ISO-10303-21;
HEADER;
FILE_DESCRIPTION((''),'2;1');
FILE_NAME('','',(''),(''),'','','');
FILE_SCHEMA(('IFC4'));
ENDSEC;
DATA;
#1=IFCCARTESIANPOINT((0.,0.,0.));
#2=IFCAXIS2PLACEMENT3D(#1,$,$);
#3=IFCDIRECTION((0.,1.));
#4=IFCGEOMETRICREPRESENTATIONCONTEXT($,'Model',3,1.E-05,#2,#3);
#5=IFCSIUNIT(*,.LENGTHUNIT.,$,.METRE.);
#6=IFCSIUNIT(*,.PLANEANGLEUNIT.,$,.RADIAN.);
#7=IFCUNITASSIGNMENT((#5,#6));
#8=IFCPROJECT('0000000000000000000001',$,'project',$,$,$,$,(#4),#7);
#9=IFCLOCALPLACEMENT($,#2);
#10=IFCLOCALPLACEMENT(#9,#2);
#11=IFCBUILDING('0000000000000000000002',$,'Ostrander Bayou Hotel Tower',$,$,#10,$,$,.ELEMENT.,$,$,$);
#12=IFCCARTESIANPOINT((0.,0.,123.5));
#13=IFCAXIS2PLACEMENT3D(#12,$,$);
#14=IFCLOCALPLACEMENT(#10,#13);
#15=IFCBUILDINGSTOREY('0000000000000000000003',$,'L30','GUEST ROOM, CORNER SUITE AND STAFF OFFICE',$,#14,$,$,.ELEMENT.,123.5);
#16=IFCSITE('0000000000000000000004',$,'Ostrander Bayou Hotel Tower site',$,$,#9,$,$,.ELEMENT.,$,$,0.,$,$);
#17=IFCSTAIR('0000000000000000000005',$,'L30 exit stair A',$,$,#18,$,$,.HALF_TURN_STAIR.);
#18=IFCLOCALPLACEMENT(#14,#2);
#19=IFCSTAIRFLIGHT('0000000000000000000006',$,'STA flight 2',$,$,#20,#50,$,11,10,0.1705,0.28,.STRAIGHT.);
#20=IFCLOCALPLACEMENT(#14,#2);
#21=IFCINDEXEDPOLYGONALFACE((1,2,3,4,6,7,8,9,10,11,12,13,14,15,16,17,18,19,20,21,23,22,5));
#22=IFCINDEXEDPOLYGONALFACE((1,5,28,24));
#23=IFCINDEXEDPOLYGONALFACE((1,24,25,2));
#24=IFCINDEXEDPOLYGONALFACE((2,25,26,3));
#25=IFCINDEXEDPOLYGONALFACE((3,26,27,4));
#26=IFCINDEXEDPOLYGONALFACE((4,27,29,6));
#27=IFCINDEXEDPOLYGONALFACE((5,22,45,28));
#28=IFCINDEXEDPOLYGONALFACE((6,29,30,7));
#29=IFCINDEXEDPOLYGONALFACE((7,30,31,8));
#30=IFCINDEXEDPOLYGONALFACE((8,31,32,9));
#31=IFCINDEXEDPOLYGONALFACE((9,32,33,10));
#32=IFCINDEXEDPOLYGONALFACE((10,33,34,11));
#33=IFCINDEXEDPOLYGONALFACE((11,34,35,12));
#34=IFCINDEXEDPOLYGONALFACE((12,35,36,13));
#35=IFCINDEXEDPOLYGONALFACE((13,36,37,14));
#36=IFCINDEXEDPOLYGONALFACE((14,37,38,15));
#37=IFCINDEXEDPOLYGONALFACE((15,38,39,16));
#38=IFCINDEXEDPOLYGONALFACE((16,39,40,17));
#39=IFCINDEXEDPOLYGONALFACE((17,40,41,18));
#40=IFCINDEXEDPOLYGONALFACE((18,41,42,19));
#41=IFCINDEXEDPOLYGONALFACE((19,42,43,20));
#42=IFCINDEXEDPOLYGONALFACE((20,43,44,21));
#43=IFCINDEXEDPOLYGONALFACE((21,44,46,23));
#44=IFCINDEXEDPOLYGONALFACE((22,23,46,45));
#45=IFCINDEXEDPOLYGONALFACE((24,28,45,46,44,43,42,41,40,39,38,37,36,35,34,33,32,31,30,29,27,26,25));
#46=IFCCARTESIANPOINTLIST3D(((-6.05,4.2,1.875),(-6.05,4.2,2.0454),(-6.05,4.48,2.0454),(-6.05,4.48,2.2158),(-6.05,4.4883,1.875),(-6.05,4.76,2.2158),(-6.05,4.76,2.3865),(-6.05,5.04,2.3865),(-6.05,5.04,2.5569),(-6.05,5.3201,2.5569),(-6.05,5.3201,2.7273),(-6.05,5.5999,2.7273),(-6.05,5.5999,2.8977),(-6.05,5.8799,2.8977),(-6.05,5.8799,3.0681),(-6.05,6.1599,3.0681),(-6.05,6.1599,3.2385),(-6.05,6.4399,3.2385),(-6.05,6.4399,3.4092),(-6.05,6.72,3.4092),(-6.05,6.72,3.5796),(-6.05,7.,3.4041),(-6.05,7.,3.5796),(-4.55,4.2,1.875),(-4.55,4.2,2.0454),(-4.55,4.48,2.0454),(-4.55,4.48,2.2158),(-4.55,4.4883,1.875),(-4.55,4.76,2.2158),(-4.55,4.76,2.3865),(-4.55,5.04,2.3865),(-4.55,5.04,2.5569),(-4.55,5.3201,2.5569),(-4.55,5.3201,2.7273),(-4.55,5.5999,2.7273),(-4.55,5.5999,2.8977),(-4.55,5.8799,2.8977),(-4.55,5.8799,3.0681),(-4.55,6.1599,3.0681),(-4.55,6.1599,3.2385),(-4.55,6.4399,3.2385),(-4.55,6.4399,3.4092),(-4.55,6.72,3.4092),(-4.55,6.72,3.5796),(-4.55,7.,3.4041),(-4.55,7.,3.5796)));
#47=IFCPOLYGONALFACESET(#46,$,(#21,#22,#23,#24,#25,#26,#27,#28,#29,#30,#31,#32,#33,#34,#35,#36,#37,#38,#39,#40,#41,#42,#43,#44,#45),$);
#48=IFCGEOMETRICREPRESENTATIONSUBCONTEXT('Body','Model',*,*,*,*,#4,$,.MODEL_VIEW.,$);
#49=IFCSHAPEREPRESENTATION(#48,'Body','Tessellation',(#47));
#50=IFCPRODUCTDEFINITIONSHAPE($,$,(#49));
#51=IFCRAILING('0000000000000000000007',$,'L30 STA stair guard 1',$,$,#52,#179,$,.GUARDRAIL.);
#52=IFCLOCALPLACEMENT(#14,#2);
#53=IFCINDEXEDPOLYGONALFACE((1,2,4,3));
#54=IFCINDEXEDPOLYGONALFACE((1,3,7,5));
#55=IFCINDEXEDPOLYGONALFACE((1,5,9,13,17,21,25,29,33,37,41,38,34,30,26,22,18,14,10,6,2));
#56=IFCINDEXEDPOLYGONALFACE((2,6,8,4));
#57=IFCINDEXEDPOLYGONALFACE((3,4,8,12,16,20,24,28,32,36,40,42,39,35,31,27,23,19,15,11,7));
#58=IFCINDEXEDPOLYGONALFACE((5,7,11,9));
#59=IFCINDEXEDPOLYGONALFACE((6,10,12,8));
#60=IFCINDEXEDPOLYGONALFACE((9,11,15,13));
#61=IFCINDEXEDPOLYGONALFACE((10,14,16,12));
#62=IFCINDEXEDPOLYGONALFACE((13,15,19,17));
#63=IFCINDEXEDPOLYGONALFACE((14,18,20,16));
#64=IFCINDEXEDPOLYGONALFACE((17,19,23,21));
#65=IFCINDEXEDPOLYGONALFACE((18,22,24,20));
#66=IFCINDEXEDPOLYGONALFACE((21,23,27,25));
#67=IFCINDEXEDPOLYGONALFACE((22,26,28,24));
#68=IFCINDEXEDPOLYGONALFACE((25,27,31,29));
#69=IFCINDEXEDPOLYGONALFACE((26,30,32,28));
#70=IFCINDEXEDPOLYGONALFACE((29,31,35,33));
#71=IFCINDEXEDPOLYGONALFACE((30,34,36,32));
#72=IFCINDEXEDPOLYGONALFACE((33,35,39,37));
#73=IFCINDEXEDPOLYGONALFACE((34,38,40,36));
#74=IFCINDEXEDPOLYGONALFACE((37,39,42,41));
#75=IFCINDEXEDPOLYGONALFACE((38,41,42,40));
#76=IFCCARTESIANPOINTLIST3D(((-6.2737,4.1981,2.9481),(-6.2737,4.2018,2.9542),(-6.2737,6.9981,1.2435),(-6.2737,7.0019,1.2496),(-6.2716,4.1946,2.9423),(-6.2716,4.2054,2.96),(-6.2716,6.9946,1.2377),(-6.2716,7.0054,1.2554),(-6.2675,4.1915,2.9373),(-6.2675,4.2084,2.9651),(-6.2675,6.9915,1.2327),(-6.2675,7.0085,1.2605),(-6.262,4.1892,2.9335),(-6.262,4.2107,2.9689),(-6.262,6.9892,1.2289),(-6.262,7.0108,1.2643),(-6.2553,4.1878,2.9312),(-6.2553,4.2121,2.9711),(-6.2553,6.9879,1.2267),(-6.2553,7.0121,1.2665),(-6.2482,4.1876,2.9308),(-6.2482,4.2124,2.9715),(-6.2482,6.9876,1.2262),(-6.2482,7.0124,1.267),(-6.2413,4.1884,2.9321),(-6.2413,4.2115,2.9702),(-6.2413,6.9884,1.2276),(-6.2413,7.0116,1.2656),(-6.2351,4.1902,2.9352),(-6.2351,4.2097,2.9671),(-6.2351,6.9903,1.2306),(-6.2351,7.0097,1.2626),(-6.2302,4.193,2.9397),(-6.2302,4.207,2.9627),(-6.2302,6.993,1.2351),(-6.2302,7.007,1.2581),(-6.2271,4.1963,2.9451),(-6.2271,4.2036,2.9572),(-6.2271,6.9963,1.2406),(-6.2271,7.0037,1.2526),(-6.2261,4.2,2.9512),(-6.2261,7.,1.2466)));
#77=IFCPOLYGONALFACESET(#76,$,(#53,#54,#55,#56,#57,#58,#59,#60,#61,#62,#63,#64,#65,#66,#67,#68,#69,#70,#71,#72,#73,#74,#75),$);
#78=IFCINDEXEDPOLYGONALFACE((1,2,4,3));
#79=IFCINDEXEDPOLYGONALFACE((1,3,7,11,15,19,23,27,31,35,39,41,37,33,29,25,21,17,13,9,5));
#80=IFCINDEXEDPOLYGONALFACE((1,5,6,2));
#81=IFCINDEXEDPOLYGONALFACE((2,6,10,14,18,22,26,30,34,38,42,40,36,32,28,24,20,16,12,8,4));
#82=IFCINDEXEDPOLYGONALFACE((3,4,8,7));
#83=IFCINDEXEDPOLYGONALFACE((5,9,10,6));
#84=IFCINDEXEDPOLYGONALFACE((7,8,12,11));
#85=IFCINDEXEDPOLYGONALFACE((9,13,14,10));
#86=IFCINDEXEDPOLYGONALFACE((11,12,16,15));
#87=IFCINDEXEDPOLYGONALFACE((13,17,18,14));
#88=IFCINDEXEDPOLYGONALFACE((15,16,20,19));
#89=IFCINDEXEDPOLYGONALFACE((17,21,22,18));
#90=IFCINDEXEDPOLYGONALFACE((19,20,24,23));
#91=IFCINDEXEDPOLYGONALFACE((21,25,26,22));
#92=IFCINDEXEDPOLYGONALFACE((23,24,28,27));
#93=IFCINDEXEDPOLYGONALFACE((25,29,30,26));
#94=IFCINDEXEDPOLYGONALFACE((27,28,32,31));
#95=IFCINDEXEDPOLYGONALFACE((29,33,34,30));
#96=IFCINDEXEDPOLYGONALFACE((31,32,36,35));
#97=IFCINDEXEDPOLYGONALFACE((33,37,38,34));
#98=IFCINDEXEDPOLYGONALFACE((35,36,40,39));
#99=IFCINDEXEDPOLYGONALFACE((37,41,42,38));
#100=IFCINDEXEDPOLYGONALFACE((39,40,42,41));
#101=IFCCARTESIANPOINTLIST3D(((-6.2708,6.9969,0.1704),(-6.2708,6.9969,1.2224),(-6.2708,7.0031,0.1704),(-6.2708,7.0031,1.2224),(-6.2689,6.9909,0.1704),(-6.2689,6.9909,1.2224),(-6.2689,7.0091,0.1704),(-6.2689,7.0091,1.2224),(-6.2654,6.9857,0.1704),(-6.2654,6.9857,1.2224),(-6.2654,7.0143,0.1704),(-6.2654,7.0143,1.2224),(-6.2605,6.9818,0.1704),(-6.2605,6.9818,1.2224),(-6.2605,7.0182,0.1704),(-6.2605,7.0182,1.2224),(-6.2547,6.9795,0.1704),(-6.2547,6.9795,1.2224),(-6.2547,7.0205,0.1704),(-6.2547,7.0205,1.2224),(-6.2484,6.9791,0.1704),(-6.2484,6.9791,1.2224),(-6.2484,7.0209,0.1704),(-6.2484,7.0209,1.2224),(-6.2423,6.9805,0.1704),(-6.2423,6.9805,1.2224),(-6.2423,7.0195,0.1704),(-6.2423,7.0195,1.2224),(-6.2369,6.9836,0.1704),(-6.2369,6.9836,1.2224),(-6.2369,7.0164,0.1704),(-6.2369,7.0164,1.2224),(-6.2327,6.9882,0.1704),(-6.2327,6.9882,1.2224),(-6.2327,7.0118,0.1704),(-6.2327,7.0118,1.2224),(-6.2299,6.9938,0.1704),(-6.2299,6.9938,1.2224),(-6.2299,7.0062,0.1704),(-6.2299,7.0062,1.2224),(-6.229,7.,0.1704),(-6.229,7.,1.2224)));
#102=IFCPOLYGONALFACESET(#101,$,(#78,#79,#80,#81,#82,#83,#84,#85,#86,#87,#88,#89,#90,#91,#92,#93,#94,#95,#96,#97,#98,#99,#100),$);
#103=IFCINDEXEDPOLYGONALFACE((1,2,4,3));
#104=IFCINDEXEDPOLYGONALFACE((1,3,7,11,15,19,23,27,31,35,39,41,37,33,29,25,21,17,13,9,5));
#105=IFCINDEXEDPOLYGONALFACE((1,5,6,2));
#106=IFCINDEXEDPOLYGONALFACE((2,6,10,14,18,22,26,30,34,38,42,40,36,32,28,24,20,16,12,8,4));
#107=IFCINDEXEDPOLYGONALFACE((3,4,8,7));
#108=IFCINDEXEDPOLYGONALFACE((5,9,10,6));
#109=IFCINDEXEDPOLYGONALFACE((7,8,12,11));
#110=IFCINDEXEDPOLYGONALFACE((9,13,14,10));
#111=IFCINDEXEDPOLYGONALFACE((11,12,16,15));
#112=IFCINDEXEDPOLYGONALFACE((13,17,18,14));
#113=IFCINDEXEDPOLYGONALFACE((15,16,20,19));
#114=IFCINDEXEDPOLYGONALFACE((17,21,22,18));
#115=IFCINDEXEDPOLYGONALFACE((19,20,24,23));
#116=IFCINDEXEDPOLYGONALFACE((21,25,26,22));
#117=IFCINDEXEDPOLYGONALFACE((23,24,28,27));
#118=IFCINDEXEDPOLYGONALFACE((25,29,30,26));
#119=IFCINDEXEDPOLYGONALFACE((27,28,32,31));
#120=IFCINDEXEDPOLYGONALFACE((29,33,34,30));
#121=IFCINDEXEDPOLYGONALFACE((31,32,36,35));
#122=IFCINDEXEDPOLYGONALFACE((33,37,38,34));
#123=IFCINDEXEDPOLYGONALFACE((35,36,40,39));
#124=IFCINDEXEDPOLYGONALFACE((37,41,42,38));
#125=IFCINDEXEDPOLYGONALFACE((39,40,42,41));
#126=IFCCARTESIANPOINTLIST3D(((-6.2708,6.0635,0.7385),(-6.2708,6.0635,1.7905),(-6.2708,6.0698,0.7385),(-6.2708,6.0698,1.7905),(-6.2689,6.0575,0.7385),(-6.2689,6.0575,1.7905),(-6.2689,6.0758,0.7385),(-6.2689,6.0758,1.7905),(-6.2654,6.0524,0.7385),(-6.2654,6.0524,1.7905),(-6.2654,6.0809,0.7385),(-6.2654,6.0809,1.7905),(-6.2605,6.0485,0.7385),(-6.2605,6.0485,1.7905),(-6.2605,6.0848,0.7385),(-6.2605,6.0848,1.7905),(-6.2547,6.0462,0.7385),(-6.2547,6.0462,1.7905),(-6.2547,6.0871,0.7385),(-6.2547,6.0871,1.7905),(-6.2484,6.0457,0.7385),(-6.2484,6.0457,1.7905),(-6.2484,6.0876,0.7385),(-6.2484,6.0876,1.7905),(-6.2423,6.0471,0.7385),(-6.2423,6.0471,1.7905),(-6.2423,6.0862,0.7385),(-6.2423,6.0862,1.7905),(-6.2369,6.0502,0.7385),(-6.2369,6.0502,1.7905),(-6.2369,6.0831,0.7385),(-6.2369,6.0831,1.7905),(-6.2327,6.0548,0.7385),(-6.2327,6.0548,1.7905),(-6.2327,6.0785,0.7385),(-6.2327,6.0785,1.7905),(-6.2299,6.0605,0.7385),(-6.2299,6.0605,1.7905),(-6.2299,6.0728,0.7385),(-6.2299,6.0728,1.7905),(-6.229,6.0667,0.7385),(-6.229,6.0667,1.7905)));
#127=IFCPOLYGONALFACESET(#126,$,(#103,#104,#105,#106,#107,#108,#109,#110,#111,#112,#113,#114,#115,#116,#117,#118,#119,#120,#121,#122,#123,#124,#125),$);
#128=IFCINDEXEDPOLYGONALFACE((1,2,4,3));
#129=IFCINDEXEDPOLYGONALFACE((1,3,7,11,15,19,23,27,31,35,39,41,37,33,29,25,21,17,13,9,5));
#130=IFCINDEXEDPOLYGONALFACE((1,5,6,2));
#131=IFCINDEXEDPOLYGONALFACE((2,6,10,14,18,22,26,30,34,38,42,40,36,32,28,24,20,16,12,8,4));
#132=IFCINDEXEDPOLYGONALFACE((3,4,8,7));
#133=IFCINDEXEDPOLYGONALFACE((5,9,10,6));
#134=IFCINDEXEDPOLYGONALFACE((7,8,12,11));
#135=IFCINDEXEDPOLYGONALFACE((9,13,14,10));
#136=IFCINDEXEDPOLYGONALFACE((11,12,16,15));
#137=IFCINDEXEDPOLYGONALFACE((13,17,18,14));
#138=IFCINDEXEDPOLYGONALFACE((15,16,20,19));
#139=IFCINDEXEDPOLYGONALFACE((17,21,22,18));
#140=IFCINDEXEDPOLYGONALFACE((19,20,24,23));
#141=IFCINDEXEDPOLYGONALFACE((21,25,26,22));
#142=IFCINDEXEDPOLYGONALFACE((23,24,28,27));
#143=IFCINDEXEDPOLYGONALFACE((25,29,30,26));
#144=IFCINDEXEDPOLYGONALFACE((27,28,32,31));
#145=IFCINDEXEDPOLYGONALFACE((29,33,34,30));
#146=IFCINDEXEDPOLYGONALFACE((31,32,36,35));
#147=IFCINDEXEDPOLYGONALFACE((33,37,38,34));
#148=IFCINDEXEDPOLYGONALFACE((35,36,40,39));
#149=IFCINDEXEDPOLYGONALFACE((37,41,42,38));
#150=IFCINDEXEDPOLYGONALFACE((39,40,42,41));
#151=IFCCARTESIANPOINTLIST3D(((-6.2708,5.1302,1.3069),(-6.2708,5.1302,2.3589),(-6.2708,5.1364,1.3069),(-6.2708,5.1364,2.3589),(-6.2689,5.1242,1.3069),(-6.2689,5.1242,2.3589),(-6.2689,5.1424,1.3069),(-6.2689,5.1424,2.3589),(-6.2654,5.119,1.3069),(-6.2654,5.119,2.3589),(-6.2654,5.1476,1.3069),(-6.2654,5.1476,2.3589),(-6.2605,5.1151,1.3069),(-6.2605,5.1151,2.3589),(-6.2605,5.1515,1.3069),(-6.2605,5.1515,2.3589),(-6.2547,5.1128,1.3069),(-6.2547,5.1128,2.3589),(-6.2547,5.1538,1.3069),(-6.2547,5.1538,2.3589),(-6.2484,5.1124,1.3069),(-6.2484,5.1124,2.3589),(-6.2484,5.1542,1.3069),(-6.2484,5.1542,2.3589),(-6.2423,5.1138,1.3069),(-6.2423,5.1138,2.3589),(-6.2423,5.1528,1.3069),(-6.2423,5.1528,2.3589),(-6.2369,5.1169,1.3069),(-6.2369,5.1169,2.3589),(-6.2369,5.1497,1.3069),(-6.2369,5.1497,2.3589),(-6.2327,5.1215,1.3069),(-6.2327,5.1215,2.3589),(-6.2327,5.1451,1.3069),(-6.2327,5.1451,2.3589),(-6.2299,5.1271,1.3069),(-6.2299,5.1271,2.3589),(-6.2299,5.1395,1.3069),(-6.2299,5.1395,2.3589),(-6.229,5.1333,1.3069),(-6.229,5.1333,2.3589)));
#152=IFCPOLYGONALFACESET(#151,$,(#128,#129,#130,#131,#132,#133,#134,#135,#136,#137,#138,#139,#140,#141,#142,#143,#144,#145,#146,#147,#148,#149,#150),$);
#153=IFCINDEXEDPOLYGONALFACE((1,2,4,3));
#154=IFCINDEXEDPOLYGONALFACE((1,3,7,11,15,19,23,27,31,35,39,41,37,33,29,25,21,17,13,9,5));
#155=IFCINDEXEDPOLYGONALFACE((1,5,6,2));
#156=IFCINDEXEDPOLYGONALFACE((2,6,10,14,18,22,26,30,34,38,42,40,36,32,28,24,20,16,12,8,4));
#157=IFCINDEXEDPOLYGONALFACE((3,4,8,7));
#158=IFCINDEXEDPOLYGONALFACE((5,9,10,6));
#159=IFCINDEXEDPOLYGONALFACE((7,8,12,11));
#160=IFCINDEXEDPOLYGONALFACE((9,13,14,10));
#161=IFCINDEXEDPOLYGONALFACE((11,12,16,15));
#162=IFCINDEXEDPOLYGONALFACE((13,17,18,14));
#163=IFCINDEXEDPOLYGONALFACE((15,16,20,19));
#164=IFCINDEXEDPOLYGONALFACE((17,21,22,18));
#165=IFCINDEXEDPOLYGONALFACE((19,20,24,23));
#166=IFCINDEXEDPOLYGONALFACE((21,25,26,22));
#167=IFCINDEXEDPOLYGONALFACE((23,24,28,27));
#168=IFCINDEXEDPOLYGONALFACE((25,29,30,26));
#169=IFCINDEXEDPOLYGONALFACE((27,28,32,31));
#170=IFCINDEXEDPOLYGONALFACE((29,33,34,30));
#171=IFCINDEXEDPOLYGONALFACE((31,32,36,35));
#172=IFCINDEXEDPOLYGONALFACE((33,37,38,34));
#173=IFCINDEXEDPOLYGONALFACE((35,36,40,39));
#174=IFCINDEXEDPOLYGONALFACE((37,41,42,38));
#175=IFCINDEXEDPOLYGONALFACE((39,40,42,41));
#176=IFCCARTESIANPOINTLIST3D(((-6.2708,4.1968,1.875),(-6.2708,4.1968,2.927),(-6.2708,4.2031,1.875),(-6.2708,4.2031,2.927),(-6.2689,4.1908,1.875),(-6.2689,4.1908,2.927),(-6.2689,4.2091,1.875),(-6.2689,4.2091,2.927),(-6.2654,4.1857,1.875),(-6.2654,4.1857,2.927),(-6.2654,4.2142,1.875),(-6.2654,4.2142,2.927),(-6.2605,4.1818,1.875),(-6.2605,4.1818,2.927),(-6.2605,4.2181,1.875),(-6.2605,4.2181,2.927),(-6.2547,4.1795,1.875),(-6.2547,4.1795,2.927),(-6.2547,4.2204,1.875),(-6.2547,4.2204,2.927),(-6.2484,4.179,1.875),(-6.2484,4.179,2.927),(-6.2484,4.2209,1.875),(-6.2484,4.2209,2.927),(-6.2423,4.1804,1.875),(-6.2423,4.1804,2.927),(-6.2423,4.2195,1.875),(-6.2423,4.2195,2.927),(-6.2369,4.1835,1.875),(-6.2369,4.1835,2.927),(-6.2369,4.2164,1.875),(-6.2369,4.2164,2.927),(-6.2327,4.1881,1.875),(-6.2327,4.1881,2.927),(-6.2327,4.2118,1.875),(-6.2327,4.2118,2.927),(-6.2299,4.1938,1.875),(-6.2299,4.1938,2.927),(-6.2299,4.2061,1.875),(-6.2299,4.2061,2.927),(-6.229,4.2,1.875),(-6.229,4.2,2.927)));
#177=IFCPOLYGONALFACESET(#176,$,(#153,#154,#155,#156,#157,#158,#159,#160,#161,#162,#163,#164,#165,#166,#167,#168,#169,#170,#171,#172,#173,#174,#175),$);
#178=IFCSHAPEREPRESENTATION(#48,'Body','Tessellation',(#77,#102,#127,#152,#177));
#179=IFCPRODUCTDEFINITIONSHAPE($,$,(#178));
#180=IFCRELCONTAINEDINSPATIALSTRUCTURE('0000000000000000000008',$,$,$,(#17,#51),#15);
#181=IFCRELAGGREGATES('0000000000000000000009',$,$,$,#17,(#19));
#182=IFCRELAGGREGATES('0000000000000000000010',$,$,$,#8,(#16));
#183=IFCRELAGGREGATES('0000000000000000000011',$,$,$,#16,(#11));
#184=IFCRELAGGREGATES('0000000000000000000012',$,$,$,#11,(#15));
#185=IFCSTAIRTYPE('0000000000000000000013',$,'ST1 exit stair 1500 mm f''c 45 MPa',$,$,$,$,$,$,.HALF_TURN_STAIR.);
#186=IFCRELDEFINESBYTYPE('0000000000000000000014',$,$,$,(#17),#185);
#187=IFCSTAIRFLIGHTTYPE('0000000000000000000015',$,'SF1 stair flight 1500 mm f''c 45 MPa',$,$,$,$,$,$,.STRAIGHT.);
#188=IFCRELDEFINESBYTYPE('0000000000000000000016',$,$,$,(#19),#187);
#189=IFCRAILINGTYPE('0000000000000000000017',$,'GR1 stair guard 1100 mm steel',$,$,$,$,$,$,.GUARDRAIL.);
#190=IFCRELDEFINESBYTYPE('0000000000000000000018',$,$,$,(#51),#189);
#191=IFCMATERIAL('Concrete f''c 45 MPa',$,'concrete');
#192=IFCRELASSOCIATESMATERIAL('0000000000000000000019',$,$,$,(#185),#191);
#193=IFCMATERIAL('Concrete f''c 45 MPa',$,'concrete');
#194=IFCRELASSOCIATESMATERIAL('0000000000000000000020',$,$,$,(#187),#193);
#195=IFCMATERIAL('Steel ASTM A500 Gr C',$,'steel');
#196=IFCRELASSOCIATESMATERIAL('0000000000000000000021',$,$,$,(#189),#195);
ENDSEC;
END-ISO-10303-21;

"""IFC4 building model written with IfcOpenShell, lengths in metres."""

from ifc_helpers import new_model, si_unit, direction, frame, origin, origin_2d, place, context, subcontext, project, spatial, polyline, circle, outline, extrude, material, type_object, element, aggregate, save


model = new_model("IFC4")

# Units and contexts
model_context = context("Model", 3, precision=1e-05, world=origin(), true_north=direction((0.0, 1.0)))
body_context = subcontext(model_context, "Body", "Model", "MODEL_VIEW")
ifc_project = project(units=[si_unit("LENGTHUNIT", "METRE"), si_unit("PLANEANGLEUNIT", "RADIAN")], contexts=[model_context])

# Site, building, storey
site_placement = place(None, origin())
site = spatial("IfcSite", under=ifc_project, at=site_placement, Name="Ostrander Bayou Hotel Tower site", CompositionType="ELEMENT", RefElevation=0.0)
building_placement = place(site_placement, origin())
building = spatial("IfcBuilding", under=site, at=building_placement, Name="Ostrander Bayou Hotel Tower", CompositionType="ELEMENT")
storey_placement = place(building_placement, frame((0.0, 0.0, 123.5)))
storey = spatial("IfcBuildingStorey", under=building, at=storey_placement, Name="L30", Description="GUEST ROOM, CORNER SUITE AND STAFF OFFICE", CompositionType="ELEMENT", Elevation=123.5)

# Stair, stair flight
ifc_material_1 = material(Name="Concrete f'c 45 MPa", Category="concrete")
stair_type = type_object("IfcStairType", Name="ST1 exit stair 1500 mm f'c 45 MPa", PredefinedType="HALF_TURN_STAIR", material=ifc_material_1)
stair_placement = place(storey_placement, origin())
stair = element("IfcStair", 1, at=stair_placement, inside=storey, type_object=stair_type, Name="L30 exit stair A", PredefinedType="HALF_TURN_STAIR")
ifc_material_2 = material(Name="Concrete f'c 45 MPa", Category="concrete")
stair_flight_type = type_object("IfcStairFlightType", Name="SF1 stair flight 1500 mm f'c 45 MPa", PredefinedType="STRAIGHT", material=ifc_material_2)
stair_flight_1_placement = place(storey_placement, frame((-5.3, 4.2, 1.875), z_axis=(0.0, 0.0, 1.0), x_axis=(0.0, 1.0, 0.0)))
stair_flight_1 = element("IfcStairFlight", 2, at=stair_flight_1_placement, type_object=stair_flight_type, Name="STA flight 2", NumberOfRisers=11, NumberOfTreads=10, PredefinedType="STRAIGHT", RiserHeight=0.1705, TreadLength=0.28, context=body_context, shape_type="SweptSolid", body=[
    extrude(outline(polyline([(0.0, 0.0), (0.0, 0.1704), (0.28, 0.1704), (0.28, 0.3408), (0.5601, 0.3408), (0.5601, 0.5115), (0.8401, 0.5115), (0.8401, 0.6819), (1.1201, 0.6819), (1.1201, 0.8523), (1.3999, 0.8523), (1.3999, 1.0227), (1.6799, 1.0227), (1.6799, 1.1931), (1.96, 1.1931), (1.96, 1.3635), (2.24, 1.3635), (2.24, 1.5342), (2.52, 1.5342), (2.52, 1.7046), (2.8, 1.7046), (2.8, 1.875), (2.8, 1.5291), (0.2883, 0.0), (0.0, 0.0)])), frame((0.0, 0.75, 0.0), z_axis=(0.0, -1.0, 0.0), x_axis=(1.0, 0.0, 0.0)), (0.0, 0.0, 1.0), 1.5),
])
aggregate(stair, [stair_flight_1])

# Railing
ifc_material_3 = material(Name="Steel ASTM A500 Gr C", Category="steel")
railing_type_1 = type_object("IfcRailingType", Name="GR1 stair guard 1100 mm steel", PredefinedType="GUARDRAIL", material=ifc_material_3)
railing_1_placement = place(storey_placement, frame((-6.25, 7.0, 0.1704)))
element("IfcRailing", 3, at=railing_1_placement, inside=storey, type_object=railing_type_1, Name="L30 STA stair guard 1", PredefinedType="GUARDRAIL", context=body_context, shape_type="SweptSolid", body=[
    extrude(circle(Radius=0.0239, at=origin_2d()), frame((0.0, 0.0, 1.0762), z_axis=(0.0, -0.85417, 0.519994), x_axis=(1.0, 0.0, 0.0)), (0.0, 0.0, 1.0), 3.2781),
    extrude(circle(Radius=0.021, at=origin_2d()), origin(), (0.0, 0.0, 1.0), 1.052),
    extrude(circle(Radius=0.021, at=origin_2d()), frame((0.0, -0.9333, 0.5681)), (0.0, 0.0, 1.0), 1.052),
    extrude(circle(Radius=0.021, at=origin_2d()), frame((0.0, -1.8667, 1.1365)), (0.0, 0.0, 1.0), 1.052),
    extrude(circle(Radius=0.021, at=origin_2d()), frame((0.0, -2.8, 1.7046)), (0.0, 0.0, 1.0), 1.052),
])

save(model, "model.ifc")
